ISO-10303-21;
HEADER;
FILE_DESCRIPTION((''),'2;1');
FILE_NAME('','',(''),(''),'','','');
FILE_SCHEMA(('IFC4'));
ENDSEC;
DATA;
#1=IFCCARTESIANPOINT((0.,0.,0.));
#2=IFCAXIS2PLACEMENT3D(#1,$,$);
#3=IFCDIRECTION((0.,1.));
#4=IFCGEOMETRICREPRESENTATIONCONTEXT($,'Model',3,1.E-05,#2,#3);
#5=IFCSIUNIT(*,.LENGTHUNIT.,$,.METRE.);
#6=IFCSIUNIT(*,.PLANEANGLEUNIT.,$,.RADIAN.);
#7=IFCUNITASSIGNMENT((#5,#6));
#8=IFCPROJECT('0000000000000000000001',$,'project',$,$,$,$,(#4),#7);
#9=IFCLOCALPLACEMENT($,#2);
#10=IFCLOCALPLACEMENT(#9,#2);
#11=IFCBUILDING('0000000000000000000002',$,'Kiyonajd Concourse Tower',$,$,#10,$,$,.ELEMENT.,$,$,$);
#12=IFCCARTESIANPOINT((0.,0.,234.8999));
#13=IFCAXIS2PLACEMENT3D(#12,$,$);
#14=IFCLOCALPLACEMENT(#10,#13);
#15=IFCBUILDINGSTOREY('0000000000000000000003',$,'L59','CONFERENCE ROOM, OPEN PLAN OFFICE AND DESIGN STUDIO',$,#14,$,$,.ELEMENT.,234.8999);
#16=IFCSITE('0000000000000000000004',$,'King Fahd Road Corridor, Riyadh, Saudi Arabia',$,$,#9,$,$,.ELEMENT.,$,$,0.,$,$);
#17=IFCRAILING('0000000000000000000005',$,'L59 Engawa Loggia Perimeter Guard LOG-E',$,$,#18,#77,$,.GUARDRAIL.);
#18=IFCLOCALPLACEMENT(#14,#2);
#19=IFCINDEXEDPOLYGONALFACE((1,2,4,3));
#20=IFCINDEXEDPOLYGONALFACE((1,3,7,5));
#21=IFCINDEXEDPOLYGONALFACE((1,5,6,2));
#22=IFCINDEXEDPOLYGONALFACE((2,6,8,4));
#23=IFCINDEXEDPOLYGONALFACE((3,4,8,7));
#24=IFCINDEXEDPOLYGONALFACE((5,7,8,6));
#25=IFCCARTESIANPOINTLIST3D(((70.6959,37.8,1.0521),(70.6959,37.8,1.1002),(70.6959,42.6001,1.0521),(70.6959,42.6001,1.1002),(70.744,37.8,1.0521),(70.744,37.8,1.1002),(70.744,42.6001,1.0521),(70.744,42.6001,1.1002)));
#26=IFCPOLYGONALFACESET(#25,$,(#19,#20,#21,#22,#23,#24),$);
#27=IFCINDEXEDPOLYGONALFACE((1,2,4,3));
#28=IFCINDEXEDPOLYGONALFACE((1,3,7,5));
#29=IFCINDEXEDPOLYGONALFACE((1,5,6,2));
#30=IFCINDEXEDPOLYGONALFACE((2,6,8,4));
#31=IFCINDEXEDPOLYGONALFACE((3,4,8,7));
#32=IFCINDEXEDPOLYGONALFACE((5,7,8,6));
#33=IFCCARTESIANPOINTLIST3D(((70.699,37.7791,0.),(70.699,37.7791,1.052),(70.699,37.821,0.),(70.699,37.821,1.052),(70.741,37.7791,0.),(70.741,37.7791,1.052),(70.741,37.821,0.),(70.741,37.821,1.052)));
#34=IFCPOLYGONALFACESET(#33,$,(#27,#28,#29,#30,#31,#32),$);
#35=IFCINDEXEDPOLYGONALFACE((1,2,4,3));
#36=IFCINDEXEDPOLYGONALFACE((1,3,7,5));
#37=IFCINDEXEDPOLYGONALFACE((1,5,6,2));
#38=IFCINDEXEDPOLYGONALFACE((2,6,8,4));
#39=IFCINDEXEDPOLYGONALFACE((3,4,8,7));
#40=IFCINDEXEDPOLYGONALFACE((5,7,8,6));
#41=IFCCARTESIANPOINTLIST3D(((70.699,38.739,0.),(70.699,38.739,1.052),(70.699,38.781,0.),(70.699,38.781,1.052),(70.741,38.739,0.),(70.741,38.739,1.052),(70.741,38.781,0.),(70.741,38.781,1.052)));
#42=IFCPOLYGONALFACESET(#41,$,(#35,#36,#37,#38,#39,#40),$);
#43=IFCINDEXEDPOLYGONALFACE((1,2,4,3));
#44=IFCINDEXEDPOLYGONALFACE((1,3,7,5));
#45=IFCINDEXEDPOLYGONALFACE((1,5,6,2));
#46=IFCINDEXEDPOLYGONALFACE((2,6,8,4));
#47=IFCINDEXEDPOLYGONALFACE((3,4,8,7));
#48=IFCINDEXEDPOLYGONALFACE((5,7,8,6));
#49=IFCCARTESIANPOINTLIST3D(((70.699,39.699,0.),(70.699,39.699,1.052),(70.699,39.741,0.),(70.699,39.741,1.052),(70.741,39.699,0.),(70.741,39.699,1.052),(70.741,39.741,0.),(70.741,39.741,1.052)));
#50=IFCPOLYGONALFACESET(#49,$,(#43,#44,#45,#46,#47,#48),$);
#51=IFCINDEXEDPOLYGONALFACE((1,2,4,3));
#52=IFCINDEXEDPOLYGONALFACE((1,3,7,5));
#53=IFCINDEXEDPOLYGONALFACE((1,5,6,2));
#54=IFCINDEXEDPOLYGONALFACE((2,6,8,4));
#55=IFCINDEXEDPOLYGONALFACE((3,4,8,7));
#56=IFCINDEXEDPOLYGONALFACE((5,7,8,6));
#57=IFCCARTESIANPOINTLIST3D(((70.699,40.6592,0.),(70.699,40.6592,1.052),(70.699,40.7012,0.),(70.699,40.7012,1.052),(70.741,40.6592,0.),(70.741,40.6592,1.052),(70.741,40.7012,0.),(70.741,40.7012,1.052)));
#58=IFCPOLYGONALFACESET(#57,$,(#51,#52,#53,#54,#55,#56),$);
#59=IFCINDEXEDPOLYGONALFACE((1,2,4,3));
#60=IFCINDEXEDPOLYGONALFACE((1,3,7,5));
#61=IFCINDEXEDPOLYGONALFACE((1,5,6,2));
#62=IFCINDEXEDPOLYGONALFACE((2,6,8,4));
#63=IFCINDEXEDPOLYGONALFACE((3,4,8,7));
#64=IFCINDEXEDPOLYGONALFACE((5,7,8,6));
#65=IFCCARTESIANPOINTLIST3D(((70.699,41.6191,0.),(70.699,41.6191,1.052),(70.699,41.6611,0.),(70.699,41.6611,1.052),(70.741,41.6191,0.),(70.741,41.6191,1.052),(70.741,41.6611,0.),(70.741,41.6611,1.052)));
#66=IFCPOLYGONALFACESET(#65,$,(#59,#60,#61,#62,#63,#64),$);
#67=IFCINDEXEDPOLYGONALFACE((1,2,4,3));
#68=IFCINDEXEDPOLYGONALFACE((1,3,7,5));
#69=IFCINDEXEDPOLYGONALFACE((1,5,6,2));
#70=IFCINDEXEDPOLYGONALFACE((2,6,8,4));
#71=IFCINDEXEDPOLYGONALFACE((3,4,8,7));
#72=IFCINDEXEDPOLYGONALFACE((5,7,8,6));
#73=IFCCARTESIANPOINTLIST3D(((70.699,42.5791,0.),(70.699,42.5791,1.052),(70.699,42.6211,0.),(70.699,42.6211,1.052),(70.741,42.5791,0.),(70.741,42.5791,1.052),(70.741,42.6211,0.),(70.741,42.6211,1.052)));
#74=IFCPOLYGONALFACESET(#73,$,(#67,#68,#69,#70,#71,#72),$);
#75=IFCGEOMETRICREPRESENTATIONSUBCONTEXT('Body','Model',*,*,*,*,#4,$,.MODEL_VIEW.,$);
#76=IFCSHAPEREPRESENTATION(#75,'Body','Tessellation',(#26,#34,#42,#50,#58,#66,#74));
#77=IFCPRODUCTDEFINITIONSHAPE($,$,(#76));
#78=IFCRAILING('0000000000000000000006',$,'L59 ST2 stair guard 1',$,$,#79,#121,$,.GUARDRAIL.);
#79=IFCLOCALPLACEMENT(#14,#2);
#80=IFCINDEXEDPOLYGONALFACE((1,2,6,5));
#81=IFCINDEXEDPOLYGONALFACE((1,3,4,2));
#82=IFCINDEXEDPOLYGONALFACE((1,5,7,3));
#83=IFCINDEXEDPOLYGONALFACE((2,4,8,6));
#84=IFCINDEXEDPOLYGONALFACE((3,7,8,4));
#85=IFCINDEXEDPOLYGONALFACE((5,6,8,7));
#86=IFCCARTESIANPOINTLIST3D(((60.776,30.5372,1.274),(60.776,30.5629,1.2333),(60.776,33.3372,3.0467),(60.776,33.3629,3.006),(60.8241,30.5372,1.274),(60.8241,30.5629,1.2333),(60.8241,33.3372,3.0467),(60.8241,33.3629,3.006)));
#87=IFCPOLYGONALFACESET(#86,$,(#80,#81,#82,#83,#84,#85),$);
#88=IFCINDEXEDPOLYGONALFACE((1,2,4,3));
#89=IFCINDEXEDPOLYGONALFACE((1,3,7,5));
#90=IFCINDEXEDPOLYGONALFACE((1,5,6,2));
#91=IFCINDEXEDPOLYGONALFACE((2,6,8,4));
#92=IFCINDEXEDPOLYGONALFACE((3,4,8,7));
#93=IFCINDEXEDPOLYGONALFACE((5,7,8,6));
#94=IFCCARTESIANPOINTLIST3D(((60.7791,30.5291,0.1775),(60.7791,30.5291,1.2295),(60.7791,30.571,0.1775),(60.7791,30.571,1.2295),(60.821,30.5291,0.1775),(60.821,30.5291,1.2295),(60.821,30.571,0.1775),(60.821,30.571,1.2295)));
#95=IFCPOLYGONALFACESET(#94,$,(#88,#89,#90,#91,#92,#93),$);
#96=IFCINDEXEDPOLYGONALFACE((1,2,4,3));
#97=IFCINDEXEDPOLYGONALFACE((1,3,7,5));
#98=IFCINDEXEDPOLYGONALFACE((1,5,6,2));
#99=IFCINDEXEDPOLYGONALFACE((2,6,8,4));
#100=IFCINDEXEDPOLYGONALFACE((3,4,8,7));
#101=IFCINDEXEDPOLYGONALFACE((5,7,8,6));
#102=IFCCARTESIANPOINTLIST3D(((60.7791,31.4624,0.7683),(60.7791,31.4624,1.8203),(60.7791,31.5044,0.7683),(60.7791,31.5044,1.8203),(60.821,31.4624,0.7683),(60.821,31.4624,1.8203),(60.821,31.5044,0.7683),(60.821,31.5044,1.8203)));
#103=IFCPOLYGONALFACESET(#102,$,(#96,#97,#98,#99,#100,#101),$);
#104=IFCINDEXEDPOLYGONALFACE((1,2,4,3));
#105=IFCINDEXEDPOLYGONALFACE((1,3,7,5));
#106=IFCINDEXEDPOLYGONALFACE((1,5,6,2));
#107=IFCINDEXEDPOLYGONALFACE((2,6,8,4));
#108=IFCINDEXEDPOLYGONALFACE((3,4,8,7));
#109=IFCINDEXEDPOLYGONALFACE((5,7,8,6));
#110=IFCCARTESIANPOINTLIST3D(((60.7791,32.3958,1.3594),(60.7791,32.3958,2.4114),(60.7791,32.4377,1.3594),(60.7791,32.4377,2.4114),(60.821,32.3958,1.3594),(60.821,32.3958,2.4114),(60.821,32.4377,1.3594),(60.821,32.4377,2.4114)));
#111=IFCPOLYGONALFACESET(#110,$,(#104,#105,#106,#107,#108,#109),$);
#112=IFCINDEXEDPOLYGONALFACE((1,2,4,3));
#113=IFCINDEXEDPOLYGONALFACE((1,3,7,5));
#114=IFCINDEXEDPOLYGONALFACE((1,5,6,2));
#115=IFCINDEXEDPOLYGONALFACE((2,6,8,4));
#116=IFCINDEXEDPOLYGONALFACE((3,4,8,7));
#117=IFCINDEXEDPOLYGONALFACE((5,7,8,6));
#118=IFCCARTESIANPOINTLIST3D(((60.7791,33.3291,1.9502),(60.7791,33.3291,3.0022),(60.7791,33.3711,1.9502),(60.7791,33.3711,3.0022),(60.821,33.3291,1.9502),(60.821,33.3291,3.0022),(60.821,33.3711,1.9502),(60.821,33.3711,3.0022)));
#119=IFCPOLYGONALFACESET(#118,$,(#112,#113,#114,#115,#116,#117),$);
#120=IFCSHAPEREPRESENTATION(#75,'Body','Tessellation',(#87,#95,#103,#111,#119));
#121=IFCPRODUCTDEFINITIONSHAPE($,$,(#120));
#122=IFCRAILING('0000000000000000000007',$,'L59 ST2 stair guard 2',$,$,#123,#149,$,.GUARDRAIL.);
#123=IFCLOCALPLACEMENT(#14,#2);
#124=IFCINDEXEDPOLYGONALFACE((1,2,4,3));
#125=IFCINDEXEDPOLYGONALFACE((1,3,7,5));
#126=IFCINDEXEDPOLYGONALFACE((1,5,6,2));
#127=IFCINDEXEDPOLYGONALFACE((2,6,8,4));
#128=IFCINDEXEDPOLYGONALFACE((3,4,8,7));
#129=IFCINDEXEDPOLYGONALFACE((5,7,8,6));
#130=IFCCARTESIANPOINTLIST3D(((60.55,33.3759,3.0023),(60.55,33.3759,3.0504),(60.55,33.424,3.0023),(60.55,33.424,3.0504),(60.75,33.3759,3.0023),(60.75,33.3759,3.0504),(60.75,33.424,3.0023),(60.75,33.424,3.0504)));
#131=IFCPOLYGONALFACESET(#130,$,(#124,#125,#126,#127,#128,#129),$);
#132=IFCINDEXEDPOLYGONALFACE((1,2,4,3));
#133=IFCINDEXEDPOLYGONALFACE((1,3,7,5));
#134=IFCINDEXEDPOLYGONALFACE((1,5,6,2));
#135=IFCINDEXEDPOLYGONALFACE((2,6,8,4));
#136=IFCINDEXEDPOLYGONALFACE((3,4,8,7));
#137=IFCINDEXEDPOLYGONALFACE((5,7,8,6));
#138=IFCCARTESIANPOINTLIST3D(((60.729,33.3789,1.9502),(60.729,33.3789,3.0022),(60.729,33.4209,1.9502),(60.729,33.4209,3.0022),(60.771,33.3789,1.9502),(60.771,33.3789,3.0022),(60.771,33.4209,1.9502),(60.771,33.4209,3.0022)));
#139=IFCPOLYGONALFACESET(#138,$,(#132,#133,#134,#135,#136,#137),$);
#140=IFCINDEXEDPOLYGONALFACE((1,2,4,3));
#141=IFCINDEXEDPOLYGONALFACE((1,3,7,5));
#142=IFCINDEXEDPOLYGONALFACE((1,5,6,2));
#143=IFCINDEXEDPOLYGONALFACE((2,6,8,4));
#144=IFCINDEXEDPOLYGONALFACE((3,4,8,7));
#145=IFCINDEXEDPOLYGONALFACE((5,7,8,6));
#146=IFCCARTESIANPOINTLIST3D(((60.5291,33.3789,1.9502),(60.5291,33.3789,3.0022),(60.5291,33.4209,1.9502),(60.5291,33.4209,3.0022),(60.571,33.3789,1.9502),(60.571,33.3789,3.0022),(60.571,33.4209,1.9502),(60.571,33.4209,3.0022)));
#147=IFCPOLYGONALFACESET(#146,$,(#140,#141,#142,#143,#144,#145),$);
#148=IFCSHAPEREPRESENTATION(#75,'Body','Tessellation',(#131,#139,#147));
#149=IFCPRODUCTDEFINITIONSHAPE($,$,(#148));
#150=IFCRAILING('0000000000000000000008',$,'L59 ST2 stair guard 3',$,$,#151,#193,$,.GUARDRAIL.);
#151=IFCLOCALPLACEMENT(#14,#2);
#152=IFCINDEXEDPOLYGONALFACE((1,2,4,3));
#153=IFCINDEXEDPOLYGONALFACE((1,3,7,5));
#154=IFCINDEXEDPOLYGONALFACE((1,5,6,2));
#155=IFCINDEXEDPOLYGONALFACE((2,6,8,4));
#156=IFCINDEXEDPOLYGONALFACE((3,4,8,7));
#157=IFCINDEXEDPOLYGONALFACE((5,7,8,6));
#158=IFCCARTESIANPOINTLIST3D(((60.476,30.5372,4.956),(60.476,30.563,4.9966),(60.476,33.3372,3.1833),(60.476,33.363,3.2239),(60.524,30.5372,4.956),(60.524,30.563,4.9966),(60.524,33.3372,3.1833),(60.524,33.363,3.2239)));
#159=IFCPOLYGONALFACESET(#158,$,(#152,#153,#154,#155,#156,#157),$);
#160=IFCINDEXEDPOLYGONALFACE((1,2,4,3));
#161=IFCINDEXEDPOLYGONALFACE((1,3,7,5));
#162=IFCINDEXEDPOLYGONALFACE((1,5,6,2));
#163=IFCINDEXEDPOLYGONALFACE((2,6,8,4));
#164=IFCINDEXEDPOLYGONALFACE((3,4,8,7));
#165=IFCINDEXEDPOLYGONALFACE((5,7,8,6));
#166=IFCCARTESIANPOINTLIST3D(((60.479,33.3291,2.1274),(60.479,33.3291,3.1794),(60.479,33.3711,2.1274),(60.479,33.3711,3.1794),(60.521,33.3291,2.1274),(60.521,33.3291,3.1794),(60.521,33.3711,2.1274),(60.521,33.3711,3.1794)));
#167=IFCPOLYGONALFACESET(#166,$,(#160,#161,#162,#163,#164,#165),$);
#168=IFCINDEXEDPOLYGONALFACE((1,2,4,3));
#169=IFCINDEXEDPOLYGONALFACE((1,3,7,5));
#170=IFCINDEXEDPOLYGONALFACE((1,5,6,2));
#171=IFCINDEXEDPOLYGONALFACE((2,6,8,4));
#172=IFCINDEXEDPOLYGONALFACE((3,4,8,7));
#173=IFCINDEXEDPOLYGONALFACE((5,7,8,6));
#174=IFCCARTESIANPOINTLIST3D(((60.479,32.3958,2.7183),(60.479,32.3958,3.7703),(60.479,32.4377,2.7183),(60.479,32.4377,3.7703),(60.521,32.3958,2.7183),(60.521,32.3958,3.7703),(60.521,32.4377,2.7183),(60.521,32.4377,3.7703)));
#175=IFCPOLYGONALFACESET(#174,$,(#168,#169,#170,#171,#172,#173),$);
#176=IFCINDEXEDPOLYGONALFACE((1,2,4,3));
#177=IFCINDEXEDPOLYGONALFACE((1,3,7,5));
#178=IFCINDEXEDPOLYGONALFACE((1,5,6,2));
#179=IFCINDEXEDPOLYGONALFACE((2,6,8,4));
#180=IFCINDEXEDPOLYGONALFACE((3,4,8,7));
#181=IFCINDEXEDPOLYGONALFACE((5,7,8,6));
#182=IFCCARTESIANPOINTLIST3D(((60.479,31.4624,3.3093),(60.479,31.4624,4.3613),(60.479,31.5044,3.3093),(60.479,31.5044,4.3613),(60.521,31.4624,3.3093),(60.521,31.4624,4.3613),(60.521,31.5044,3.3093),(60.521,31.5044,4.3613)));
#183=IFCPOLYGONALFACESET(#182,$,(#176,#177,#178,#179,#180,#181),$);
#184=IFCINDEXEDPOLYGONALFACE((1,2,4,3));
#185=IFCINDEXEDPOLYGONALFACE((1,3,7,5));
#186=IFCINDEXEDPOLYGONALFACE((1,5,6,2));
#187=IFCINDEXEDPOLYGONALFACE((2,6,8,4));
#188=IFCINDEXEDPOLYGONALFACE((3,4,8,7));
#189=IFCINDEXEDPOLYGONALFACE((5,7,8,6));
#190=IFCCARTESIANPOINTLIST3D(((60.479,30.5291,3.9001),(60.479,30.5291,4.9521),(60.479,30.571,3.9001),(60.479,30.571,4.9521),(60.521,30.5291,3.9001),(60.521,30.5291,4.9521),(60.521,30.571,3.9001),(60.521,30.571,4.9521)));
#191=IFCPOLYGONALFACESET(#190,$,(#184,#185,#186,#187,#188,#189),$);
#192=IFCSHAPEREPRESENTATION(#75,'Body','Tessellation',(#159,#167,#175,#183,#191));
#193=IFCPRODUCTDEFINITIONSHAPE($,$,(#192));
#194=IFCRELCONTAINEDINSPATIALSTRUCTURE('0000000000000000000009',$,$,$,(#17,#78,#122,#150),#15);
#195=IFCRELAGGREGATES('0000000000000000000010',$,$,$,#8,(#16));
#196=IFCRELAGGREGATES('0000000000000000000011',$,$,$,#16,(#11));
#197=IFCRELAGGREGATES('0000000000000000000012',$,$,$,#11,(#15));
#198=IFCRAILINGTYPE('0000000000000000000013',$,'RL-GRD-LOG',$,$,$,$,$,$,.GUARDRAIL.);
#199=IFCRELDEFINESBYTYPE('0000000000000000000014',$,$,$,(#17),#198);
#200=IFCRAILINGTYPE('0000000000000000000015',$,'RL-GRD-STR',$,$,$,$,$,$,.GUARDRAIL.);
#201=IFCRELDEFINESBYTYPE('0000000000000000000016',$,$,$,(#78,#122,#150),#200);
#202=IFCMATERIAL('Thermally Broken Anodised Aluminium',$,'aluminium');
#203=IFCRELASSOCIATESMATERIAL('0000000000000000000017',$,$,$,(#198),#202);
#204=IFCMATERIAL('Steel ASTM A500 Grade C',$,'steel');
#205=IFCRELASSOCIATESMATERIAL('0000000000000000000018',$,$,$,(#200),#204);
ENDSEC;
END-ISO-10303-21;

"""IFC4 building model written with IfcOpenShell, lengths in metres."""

from ifc_helpers import new_model, si_unit, direction, frame, origin, origin_2d, place, context, subcontext, project, spatial, rectangle, extrude, material, type_object, element, save


model = new_model("IFC4")

# Units and contexts
model_context = context("Model", 3, precision=1e-05, world=origin(), true_north=direction((0.0, 1.0)))
body_context = subcontext(model_context, "Body", "Model", "MODEL_VIEW")
ifc_project = project(units=[si_unit("LENGTHUNIT", "METRE"), si_unit("PLANEANGLEUNIT", "RADIAN")], contexts=[model_context])

# Site, building, storey
site_placement = place(None, origin())
site = spatial("IfcSite", under=ifc_project, at=site_placement, Name="King Fahd Road Corridor, Riyadh, Saudi Arabia", CompositionType="ELEMENT", RefElevation=0.0)
building_placement = place(site_placement, origin())
building = spatial("IfcBuilding", under=site, at=building_placement, Name="Kiyonajd Concourse Tower", CompositionType="ELEMENT")
storey_placement = place(building_placement, frame((0.0, 0.0, 234.8999)))
storey = spatial("IfcBuildingStorey", under=building, at=storey_placement, Name="L59", Description="CONFERENCE ROOM, OPEN PLAN OFFICE AND DESIGN STUDIO", CompositionType="ELEMENT", Elevation=234.8999)

# Shared definitions
ifc_material_1 = material(Name="Thermally Broken Anodised Aluminium", Category="aluminium")

# Railings
railing_type_1 = type_object("IfcRailingType", Name="RL-GRD-LOG", PredefinedType="GUARDRAIL", material=ifc_material_1)
railing_1_placement = place(storey_placement, frame((70.72, 37.8, 0.0)))
element("IfcRailing", 1, at=railing_1_placement, inside=storey, type_object=railing_type_1, Name="L59 Engawa Loggia Perimeter Guard LOG-E", PredefinedType="GUARDRAIL", context=body_context, shape_type="SweptSolid", body=[
    extrude(rectangle(XDim=0.0481, YDim=0.0481, at=origin_2d()), frame((0.0, 0.0, 1.0762), z_axis=(0.0, 1.0, 0.0), x_axis=(-1.0, 0.0, 0.0)), (0.0, 0.0, 1.0), 4.8),
    extrude(rectangle(XDim=0.042, YDim=0.042, at=origin_2d()), origin(), (0.0, 0.0, 1.0), 1.052),
    extrude(rectangle(XDim=0.042, YDim=0.042, at=origin_2d()), frame((0.0, 0.96, 0.0)), (0.0, 0.0, 1.0), 1.052),
    extrude(rectangle(XDim=0.042, YDim=0.042, at=origin_2d()), frame((0.0, 1.9199, 0.0)), (0.0, 0.0, 1.0), 1.052),
    extrude(rectangle(XDim=0.042, YDim=0.042, at=origin_2d()), frame((0.0, 2.8801, 0.0)), (0.0, 0.0, 1.0), 1.052),
    extrude(rectangle(XDim=0.042, YDim=0.042, at=origin_2d()), frame((0.0, 3.8401, 0.0)), (0.0, 0.0, 1.0), 1.052),
    extrude(rectangle(XDim=0.042, YDim=0.042, at=origin_2d()), frame((0.0, 4.8, 0.0)), (0.0, 0.0, 1.0), 1.052),
])
ifc_material_2 = material(Name="Steel ASTM A500 Grade C", Category="steel")
railing_type_2 = type_object("IfcRailingType", Name="RL-GRD-STR", PredefinedType="GUARDRAIL", material=ifc_material_2)
railing_2_placement = place(storey_placement, frame((60.8, 30.55, 0.1775)))
element("IfcRailing", 2, at=railing_2_placement, inside=storey, type_object=railing_type_2, Name="L59 ST2 stair guard 1", PredefinedType="GUARDRAIL", context=body_context, shape_type="SweptSolid", body=[
    extrude(rectangle(XDim=0.0481, YDim=0.0481, at=origin_2d()), frame((0.0, 0.0, 1.0762), z_axis=(0.0, 0.844909, 0.53491), x_axis=(-1.0, 0.0, 0.0)), (0.0, 0.0, 1.0), 3.314),
    extrude(rectangle(XDim=0.042, YDim=0.042, at=origin_2d()), origin(), (0.0, 0.0, 1.0), 1.052),
    extrude(rectangle(XDim=0.042, YDim=0.042, at=origin_2d()), frame((0.0, 0.9333, 0.5908)), (0.0, 0.0, 1.0), 1.052),
    extrude(rectangle(XDim=0.042, YDim=0.042, at=origin_2d()), frame((0.0, 1.8667, 1.1819)), (0.0, 0.0, 1.0), 1.052),
    extrude(rectangle(XDim=0.042, YDim=0.042, at=origin_2d()), frame((0.0, 2.8, 1.7727)), (0.0, 0.0, 1.0), 1.052),
])
railing_3_placement = place(storey_placement, frame((60.75, 33.3999, 1.9502)))
element("IfcRailing", 3, at=railing_3_placement, inside=storey, type_object=railing_type_2, Name="L59 ST2 stair guard 2", PredefinedType="GUARDRAIL", context=body_context, shape_type="SweptSolid", body=[
    extrude(rectangle(XDim=0.0481, YDim=0.0481, at=origin_2d()), frame((0.0, 0.0, 1.0762), z_axis=(-1.0, 0.0, 0.0), x_axis=(0.0, -1.0, 0.0)), (0.0, 0.0, 1.0), 0.2),
    extrude(rectangle(XDim=0.042, YDim=0.042, at=origin_2d()), origin(), (0.0, 0.0, 1.0), 1.052),
    extrude(rectangle(XDim=0.042, YDim=0.042, at=origin_2d()), frame((-0.2, 0.0, 0.0)), (0.0, 0.0, 1.0), 1.052),
])
railing_4_placement = place(storey_placement, frame((60.5, 33.3501, 2.1274)))
element("IfcRailing", 4, at=railing_4_placement, inside=storey, type_object=railing_type_2, Name="L59 ST2 stair guard 3", PredefinedType="GUARDRAIL", context=body_context, shape_type="SweptSolid", body=[
    extrude(rectangle(XDim=0.0481, YDim=0.0481, at=origin_2d()), frame((0.0, 0.0, 1.0762), z_axis=(0.0, -0.844909, 0.53491), x_axis=(1.0, 0.0, 0.0)), (0.0, 0.0, 1.0), 3.314),
    extrude(rectangle(XDim=0.042, YDim=0.042, at=origin_2d()), origin(), (0.0, 0.0, 1.0), 1.052),
    extrude(rectangle(XDim=0.042, YDim=0.042, at=origin_2d()), frame((0.0, -0.9333, 0.5908)), (0.0, 0.0, 1.0), 1.052),
    extrude(rectangle(XDim=0.042, YDim=0.042, at=origin_2d()), frame((0.0, -1.8667, 1.1819)), (0.0, 0.0, 1.0), 1.052),
    extrude(rectangle(XDim=0.042, YDim=0.042, at=origin_2d()), frame((0.0, -2.8, 1.7727)), (0.0, 0.0, 1.0), 1.052),
])

save(model, "model.ifc")
